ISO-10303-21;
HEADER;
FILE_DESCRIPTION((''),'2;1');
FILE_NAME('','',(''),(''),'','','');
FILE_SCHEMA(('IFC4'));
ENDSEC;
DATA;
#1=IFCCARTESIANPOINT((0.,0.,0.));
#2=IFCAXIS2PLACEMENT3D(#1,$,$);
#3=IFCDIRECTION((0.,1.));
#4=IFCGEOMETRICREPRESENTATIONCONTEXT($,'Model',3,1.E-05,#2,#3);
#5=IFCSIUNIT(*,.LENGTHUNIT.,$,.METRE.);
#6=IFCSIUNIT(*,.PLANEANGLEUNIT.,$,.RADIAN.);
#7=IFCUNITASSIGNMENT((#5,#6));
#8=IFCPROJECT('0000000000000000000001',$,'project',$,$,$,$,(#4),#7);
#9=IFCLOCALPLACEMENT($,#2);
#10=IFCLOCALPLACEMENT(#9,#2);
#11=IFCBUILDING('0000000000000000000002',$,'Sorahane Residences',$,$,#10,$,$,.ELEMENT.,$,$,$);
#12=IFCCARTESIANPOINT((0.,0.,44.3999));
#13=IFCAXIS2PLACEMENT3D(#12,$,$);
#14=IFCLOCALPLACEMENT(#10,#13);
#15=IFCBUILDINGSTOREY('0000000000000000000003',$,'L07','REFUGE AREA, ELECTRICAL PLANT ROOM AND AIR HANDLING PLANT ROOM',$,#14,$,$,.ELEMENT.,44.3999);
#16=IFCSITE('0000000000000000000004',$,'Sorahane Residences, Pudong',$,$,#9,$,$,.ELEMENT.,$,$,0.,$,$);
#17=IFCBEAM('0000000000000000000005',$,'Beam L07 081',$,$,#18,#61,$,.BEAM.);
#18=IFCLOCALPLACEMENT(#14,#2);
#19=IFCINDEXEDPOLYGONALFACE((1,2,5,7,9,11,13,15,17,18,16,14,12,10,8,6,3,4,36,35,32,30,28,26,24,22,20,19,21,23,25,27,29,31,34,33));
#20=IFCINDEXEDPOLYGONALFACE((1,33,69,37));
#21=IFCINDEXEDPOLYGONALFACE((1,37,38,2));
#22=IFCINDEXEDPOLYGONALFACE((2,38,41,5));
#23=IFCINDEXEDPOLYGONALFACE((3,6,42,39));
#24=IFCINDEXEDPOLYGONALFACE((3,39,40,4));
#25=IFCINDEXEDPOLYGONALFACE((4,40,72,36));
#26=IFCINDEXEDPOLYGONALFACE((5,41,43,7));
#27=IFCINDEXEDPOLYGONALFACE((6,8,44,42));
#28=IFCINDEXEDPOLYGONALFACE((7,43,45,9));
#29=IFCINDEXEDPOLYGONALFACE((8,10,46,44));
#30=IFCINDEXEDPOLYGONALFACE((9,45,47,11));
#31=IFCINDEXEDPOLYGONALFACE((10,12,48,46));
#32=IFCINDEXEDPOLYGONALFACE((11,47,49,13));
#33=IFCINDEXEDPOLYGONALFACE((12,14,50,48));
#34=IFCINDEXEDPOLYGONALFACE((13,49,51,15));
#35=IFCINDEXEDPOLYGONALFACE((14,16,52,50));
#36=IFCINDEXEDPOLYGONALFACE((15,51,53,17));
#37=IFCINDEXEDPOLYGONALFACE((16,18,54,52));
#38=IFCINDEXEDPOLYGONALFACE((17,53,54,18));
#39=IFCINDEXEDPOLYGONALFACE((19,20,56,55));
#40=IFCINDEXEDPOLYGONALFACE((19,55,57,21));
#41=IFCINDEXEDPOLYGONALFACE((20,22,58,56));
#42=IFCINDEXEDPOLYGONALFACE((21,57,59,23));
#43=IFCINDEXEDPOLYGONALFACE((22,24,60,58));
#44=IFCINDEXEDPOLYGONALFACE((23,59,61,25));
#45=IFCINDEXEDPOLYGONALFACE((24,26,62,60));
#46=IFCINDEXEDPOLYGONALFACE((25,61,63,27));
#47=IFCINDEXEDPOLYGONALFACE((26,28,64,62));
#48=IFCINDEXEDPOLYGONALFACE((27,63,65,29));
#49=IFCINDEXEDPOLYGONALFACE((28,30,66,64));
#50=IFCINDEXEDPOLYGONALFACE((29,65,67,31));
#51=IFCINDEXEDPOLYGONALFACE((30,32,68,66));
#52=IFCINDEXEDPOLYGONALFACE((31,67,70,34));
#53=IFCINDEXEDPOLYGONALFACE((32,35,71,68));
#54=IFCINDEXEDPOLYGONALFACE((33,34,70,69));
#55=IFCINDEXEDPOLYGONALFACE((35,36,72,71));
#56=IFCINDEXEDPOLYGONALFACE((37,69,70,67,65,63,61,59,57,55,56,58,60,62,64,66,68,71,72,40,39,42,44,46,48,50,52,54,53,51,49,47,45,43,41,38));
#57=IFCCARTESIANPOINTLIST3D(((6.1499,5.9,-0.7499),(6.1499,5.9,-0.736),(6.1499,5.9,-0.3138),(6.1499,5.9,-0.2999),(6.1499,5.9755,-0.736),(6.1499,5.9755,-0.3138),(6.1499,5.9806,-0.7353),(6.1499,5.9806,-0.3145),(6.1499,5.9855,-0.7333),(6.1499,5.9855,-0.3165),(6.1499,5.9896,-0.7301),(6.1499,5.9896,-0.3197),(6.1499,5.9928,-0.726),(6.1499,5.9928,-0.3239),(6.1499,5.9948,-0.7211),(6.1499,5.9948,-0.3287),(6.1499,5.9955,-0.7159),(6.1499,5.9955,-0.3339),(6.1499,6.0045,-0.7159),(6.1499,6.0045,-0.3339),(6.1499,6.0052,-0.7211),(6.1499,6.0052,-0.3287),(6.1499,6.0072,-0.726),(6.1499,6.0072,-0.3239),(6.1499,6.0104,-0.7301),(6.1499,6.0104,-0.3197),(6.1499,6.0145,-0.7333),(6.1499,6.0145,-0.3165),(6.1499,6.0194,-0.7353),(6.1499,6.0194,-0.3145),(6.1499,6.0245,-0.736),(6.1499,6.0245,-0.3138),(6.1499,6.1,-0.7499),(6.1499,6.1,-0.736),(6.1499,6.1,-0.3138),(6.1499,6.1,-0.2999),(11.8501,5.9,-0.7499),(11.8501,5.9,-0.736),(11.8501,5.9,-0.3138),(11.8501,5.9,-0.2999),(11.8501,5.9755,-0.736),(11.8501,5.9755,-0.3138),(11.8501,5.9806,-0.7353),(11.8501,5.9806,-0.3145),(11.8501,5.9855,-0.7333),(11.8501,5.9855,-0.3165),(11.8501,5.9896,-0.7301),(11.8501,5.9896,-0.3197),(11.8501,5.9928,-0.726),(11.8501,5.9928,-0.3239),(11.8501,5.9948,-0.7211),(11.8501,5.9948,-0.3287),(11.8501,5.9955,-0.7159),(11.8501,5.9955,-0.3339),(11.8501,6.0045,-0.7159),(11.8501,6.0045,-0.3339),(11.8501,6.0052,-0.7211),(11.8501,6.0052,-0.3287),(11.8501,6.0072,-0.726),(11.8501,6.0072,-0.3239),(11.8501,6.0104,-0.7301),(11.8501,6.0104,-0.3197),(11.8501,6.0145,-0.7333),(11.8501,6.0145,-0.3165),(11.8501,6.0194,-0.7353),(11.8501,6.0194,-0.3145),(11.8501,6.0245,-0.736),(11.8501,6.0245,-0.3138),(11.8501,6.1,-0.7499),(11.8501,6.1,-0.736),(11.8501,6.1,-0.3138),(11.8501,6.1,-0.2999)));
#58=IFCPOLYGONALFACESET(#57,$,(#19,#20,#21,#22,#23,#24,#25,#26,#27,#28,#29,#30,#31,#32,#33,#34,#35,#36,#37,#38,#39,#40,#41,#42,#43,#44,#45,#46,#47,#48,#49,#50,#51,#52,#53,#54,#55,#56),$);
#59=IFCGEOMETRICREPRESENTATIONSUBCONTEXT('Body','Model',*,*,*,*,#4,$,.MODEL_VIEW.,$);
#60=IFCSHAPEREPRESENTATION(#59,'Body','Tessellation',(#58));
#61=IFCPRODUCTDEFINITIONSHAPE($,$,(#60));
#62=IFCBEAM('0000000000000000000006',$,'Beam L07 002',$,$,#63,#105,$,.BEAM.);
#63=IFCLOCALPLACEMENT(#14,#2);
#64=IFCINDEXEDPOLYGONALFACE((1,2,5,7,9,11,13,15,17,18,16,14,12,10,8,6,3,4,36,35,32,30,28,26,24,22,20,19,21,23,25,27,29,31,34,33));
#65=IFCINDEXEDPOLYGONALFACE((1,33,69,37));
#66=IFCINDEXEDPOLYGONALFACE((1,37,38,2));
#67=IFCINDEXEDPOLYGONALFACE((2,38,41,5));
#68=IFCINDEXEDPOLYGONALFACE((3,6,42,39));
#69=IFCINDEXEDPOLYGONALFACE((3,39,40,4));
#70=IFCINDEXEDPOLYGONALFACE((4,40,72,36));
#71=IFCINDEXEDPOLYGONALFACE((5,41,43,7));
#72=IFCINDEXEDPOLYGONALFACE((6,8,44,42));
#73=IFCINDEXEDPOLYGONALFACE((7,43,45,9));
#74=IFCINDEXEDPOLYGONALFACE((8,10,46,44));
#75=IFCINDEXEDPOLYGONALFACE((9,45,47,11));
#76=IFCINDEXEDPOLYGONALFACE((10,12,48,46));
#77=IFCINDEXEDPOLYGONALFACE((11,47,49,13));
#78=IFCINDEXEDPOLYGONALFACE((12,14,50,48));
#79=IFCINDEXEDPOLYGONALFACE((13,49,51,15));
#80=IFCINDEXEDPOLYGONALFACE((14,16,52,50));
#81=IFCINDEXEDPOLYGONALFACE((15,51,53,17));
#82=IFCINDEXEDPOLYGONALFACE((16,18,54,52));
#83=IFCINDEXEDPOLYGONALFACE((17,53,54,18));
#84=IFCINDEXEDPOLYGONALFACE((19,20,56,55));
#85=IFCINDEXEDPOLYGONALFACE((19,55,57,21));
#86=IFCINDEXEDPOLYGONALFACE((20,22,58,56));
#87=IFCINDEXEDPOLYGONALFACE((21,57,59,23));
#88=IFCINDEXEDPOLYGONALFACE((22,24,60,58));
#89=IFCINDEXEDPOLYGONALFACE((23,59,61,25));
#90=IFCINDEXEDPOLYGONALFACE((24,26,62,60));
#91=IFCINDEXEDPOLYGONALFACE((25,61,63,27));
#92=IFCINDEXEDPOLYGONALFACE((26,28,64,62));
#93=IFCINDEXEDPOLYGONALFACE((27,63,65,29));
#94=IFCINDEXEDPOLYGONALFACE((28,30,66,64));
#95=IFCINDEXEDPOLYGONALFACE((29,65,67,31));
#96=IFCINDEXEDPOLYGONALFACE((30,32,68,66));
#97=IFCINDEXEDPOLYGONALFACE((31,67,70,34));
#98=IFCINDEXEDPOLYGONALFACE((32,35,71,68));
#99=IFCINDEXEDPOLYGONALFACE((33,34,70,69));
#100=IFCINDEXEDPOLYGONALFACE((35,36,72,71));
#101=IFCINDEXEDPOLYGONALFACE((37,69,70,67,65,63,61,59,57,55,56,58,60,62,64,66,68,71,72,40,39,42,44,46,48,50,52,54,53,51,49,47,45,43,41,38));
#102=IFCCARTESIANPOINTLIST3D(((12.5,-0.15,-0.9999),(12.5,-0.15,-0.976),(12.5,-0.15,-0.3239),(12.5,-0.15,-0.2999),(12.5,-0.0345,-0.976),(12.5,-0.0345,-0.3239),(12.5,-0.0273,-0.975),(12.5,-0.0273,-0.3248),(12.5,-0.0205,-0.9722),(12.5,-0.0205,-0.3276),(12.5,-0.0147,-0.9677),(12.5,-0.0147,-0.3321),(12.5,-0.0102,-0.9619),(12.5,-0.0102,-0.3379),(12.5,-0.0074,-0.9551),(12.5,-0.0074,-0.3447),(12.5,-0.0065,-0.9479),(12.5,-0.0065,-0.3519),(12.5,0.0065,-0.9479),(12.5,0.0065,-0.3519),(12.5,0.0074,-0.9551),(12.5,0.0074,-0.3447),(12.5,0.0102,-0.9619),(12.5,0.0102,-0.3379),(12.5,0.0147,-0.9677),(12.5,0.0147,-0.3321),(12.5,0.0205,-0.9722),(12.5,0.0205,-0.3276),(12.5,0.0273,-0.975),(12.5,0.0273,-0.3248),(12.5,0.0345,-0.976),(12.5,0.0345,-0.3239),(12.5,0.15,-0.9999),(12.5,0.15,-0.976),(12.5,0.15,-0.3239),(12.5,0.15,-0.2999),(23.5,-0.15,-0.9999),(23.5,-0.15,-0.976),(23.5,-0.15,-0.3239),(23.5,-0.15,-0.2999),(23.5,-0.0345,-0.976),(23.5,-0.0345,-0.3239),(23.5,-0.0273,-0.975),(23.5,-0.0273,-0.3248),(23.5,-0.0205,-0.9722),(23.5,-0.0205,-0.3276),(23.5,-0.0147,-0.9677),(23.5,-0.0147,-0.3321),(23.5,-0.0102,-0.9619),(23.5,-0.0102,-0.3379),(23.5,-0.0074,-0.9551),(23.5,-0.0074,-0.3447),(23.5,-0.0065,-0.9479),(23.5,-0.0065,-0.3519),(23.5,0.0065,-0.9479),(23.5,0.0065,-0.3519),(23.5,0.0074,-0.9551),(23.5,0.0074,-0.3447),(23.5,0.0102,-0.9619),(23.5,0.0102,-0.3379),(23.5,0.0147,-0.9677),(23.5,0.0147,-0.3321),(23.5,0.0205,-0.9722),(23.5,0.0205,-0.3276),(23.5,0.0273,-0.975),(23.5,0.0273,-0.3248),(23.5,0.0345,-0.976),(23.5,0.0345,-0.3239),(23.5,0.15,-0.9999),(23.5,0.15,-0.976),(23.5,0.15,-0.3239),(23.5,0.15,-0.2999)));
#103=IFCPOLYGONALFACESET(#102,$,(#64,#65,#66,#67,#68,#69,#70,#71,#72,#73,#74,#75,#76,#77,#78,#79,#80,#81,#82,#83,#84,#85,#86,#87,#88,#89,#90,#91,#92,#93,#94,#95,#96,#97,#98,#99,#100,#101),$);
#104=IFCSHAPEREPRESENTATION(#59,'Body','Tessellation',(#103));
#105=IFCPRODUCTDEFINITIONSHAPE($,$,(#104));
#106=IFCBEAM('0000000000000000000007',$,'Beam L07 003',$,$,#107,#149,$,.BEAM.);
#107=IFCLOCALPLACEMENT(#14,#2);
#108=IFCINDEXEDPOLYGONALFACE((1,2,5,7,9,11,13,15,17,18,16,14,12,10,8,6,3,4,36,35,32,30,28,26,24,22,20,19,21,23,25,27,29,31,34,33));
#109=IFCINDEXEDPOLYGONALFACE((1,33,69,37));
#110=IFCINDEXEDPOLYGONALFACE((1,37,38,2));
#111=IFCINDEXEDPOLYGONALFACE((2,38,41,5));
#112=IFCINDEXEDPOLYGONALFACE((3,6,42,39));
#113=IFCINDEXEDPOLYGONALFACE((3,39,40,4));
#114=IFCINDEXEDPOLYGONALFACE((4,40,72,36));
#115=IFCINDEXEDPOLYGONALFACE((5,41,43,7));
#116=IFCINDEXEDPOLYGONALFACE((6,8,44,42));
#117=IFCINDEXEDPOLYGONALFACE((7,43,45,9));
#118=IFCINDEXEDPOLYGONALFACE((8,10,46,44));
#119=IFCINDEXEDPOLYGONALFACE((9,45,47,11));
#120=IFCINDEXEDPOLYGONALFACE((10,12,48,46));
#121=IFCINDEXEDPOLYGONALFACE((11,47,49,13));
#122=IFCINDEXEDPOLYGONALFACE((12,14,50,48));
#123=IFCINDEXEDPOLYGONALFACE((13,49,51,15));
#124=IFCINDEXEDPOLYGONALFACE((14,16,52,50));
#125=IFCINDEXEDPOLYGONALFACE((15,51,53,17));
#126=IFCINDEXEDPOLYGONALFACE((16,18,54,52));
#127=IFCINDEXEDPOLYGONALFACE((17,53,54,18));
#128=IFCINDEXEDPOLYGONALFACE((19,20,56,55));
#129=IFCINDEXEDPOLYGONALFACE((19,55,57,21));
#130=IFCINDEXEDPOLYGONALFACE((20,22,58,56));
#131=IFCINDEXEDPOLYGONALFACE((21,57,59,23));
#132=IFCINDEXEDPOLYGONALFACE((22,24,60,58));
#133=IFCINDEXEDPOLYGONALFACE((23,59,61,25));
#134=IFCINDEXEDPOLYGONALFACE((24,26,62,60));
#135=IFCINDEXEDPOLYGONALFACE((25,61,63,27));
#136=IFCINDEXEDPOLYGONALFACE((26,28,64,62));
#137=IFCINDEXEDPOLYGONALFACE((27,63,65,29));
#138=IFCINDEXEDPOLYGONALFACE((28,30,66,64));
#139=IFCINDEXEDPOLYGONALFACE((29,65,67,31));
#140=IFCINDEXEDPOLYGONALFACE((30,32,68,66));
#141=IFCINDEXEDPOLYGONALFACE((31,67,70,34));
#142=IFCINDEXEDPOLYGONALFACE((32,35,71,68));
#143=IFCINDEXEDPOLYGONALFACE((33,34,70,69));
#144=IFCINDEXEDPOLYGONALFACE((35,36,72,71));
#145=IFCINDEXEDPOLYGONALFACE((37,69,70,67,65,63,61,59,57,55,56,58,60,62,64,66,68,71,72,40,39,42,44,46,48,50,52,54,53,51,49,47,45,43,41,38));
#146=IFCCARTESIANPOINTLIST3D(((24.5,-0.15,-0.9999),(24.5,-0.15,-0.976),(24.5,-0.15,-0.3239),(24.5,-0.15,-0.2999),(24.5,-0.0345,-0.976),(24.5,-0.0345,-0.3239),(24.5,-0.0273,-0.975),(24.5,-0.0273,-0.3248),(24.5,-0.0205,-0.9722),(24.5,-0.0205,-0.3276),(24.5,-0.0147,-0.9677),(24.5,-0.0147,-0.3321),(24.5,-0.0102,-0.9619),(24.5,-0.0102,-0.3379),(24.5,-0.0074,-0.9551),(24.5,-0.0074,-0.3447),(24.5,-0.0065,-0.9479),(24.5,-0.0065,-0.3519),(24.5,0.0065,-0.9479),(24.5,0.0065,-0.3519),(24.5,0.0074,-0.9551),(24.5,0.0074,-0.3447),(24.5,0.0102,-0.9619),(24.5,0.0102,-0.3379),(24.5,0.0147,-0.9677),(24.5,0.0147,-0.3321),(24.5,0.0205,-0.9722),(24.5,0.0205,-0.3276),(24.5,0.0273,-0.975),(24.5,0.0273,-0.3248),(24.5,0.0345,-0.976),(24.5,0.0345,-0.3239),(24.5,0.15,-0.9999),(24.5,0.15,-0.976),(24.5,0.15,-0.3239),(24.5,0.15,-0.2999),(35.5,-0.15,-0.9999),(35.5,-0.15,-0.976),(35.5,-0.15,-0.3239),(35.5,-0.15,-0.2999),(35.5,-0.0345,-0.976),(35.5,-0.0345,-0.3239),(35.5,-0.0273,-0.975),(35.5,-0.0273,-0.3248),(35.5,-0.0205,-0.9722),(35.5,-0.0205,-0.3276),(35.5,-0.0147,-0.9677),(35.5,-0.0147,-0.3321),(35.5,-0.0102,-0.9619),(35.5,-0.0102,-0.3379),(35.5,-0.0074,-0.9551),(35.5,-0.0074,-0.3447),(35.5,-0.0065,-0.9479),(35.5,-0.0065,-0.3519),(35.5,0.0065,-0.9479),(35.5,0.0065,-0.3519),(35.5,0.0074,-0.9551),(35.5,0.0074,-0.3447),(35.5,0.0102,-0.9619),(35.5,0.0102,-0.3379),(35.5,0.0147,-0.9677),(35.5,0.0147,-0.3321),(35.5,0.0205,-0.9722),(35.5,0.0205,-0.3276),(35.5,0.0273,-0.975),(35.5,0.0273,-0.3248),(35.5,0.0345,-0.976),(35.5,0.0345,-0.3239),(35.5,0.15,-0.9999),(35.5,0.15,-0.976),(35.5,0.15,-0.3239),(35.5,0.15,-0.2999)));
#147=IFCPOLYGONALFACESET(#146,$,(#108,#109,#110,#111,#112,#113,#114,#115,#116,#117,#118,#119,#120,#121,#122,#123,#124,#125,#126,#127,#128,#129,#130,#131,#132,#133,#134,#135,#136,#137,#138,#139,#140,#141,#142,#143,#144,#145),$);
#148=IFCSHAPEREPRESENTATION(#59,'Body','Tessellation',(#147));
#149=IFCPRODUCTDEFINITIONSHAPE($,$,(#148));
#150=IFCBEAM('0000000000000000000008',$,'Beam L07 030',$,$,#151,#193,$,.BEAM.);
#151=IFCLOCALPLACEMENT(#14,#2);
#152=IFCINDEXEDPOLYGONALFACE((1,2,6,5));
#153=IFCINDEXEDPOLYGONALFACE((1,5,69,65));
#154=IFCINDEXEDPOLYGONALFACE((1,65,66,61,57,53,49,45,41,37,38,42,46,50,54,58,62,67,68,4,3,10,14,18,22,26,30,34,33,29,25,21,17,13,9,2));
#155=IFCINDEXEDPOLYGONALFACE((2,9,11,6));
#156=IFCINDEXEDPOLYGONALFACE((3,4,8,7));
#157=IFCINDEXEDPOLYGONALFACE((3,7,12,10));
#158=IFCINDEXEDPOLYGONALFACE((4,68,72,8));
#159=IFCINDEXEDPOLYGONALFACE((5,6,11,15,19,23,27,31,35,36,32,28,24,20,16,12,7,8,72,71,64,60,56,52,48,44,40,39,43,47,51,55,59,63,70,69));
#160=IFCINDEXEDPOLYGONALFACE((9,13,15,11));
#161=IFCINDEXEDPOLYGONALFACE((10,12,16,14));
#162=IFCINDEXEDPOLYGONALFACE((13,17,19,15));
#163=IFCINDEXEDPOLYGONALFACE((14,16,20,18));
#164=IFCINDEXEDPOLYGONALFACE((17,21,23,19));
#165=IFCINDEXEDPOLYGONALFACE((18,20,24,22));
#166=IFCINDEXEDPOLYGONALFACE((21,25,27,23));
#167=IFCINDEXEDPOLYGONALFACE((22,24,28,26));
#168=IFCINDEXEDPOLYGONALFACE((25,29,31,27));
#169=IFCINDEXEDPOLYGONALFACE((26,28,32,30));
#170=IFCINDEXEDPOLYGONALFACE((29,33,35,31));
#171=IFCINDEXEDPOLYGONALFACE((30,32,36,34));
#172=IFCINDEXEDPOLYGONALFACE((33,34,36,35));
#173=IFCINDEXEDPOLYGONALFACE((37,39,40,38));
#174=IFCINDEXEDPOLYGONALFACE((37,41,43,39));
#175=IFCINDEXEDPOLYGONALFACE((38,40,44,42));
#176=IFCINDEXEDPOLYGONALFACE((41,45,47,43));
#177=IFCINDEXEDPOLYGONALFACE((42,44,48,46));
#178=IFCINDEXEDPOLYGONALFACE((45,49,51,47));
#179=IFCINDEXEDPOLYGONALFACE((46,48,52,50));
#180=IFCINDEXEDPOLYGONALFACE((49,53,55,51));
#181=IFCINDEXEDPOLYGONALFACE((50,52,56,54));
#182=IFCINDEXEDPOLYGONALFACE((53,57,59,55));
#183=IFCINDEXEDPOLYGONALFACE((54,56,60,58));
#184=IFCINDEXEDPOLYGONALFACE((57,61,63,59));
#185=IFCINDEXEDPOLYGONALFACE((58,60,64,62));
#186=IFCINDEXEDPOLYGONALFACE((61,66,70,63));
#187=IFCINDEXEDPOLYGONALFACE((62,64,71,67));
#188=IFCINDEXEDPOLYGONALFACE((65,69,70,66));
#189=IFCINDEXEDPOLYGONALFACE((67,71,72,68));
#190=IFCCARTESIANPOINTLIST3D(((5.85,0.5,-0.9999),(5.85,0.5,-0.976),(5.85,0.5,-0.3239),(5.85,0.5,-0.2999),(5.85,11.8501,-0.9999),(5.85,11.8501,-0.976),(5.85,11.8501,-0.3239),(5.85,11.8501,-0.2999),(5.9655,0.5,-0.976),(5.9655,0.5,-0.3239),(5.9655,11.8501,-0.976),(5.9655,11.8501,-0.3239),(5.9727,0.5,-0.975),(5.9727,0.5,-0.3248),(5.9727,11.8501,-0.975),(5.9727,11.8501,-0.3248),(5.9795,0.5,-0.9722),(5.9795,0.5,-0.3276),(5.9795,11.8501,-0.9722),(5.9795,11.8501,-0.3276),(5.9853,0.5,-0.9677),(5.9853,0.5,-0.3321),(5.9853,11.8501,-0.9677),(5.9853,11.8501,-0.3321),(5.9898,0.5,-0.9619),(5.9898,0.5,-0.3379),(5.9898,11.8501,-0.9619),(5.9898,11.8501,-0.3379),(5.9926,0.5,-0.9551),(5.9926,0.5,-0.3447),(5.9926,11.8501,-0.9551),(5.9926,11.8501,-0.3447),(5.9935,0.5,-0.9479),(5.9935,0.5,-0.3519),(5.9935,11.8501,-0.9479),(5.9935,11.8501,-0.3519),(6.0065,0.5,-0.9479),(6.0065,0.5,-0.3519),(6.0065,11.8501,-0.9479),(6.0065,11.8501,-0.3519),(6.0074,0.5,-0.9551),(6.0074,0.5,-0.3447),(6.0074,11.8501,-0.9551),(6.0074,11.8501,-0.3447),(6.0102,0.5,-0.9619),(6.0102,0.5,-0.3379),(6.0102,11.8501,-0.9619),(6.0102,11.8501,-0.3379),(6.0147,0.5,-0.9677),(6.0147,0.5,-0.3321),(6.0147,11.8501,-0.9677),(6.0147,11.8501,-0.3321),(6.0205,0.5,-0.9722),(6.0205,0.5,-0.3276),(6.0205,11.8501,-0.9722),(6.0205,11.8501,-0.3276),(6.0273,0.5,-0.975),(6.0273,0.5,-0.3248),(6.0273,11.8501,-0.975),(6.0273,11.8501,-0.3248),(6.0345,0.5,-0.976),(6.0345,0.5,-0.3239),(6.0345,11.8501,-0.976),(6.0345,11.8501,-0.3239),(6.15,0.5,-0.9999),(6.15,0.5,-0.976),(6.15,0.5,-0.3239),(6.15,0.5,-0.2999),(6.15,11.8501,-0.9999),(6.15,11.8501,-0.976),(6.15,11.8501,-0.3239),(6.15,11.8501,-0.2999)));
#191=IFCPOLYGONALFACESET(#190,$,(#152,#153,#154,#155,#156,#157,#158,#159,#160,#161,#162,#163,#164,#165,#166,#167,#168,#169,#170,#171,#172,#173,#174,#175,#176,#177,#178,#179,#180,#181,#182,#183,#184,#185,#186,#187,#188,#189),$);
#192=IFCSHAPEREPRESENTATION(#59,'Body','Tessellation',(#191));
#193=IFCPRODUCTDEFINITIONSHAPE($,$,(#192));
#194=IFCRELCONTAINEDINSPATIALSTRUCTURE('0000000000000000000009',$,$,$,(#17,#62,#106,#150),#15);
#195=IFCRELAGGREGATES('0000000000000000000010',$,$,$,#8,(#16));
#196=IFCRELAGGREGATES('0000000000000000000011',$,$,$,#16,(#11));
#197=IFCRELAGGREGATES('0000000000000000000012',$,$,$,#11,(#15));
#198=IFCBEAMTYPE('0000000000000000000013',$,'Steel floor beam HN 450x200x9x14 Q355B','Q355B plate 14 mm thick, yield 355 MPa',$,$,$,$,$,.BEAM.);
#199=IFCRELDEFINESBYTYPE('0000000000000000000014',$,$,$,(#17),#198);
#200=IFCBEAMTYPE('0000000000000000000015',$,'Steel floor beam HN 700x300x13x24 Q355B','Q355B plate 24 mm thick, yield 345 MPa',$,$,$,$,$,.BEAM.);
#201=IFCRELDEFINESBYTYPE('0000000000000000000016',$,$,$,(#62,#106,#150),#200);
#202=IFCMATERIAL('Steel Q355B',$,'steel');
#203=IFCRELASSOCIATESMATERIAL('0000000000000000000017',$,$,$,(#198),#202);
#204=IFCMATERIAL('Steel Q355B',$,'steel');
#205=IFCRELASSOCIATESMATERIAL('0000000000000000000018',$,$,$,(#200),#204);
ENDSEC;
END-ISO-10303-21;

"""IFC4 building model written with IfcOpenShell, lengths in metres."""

from ifc_helpers import new_model, si_unit, direction, frame, origin, origin_2d, place, context, subcontext, project, spatial, i_section, extrude, material, material_profile, profile_set, type_object, element, save


model = new_model("IFC4")

# Units and contexts
model_context = context("Model", 3, precision=1e-05, world=origin(), true_north=direction((0.0, 1.0)))
body_context = subcontext(model_context, "Body", "Model", "MODEL_VIEW")
ifc_project = project(units=[si_unit("LENGTHUNIT", "METRE"), si_unit("PLANEANGLEUNIT", "RADIAN")], contexts=[model_context])

# Site, building, storey
site_placement = place(None, origin())
site = spatial("IfcSite", under=ifc_project, at=site_placement, Name="Sorahane Residences, Pudong", CompositionType="ELEMENT", RefElevation=0.0)
building_placement = place(site_placement, origin())
building = spatial("IfcBuilding", under=site, at=building_placement, Name="Sorahane Residences", CompositionType="ELEMENT")
storey_placement = place(building_placement, frame((0.0, 0.0, 44.3999)))
storey = spatial("IfcBuildingStorey", under=building, at=storey_placement, Name="L07", Description="REFUGE AREA, ELECTRICAL PLANT ROOM AND AIR HANDLING PLANT ROOM", CompositionType="ELEMENT", Elevation=44.3999)

# Beams
ifc_material_1 = material(Name="Steel Q355B", Category="steel")
ifc_material_profile_1 = material_profile(ifc_material_1, i_section(OverallWidth=0.2, OverallDepth=0.45, WebThickness=0.009, FlangeThickness=0.0139, FilletRadius=0.02, at=origin_2d()), Name="HN 450x200x9x14")
ifc_profile_set_1 = profile_set([ifc_material_profile_1], Name="Steel Q355B")
beam_type_1 = type_object("IfcBeamType", Name="Steel floor beam HN 450x200x9x14 Q355B", Description="Q355B plate 14 mm thick, yield 355 MPa", PredefinedType="BEAM", material=ifc_profile_set_1)
beam_1_placement = place(storey_placement, frame((6.1499, 6.0, -0.5249), z_axis=(1.0, 0.0, 0.0), x_axis=(0.0, 1.0, 0.0)))
element("IfcBeam", 1, at=beam_1_placement, inside=storey, type_object=beam_type_1, Name="Beam L07 081", PredefinedType="BEAM", context=body_context, shape_type="SweptSolid", body=[
    extrude(i_section(OverallWidth=0.2, OverallDepth=0.45, WebThickness=0.009, FlangeThickness=0.0139, FilletRadius=0.02, at=origin_2d()), origin(), (0.0, 0.0, 1.0), 5.7002),
])
ifc_material_2 = material(Name="Steel Q355B", Category="steel")
ifc_material_profile_2 = material_profile(ifc_material_2, i_section(OverallWidth=0.3, OverallDepth=0.7, WebThickness=0.0129, FlangeThickness=0.0239, FilletRadius=0.0281, at=origin_2d()), Name="HN 700x300x13x24")
ifc_profile_set_2 = profile_set([ifc_material_profile_2], Name="Steel Q355B")
beam_type_2 = type_object("IfcBeamType", Name="Steel floor beam HN 700x300x13x24 Q355B", Description="Q355B plate 24 mm thick, yield 345 MPa", PredefinedType="BEAM", material=ifc_profile_set_2)
for number, where, z_axis, x_axis, name in (
    (2, (12.5, 0.0, -0.6499), (1.0, 0.0, 0.0), (0.0, 1.0, 0.0), "Beam L07 002"),
    (3, (24.5, 0.0, -0.6499), (1.0, 0.0, 0.0), (0.0, 1.0, 0.0), "Beam L07 003"),
):
    element("IfcBeam", number, at=place(storey_placement, frame(where, z_axis=z_axis, x_axis=x_axis)), inside=storey, type_object=beam_type_2, Name=name, PredefinedType="BEAM", context=body_context, shape_type="SweptSolid", body=[
        extrude(i_section(OverallWidth=0.3, OverallDepth=0.7, WebThickness=0.0129, FlangeThickness=0.0239, FilletRadius=0.0281, at=origin_2d()), origin(), (0.0, 0.0, 1.0), 11.0),
    ])
beam_2_placement = place(storey_placement, frame((6.0, 0.5, -0.6499), z_axis=(0.0, 1.0, 0.0), x_axis=(-1.0, 0.0, 0.0)))
element("IfcBeam", 4, at=beam_2_placement, inside=storey, type_object=beam_type_2, Name="Beam L07 030", PredefinedType="BEAM", context=body_context, shape_type="SweptSolid", body=[
    extrude(i_section(OverallWidth=0.3, OverallDepth=0.7, WebThickness=0.0129, FlangeThickness=0.0239, FilletRadius=0.0281, at=origin_2d()), origin(), (0.0, 0.0, 1.0), 11.3501),
])

save(model, "model.ifc")
